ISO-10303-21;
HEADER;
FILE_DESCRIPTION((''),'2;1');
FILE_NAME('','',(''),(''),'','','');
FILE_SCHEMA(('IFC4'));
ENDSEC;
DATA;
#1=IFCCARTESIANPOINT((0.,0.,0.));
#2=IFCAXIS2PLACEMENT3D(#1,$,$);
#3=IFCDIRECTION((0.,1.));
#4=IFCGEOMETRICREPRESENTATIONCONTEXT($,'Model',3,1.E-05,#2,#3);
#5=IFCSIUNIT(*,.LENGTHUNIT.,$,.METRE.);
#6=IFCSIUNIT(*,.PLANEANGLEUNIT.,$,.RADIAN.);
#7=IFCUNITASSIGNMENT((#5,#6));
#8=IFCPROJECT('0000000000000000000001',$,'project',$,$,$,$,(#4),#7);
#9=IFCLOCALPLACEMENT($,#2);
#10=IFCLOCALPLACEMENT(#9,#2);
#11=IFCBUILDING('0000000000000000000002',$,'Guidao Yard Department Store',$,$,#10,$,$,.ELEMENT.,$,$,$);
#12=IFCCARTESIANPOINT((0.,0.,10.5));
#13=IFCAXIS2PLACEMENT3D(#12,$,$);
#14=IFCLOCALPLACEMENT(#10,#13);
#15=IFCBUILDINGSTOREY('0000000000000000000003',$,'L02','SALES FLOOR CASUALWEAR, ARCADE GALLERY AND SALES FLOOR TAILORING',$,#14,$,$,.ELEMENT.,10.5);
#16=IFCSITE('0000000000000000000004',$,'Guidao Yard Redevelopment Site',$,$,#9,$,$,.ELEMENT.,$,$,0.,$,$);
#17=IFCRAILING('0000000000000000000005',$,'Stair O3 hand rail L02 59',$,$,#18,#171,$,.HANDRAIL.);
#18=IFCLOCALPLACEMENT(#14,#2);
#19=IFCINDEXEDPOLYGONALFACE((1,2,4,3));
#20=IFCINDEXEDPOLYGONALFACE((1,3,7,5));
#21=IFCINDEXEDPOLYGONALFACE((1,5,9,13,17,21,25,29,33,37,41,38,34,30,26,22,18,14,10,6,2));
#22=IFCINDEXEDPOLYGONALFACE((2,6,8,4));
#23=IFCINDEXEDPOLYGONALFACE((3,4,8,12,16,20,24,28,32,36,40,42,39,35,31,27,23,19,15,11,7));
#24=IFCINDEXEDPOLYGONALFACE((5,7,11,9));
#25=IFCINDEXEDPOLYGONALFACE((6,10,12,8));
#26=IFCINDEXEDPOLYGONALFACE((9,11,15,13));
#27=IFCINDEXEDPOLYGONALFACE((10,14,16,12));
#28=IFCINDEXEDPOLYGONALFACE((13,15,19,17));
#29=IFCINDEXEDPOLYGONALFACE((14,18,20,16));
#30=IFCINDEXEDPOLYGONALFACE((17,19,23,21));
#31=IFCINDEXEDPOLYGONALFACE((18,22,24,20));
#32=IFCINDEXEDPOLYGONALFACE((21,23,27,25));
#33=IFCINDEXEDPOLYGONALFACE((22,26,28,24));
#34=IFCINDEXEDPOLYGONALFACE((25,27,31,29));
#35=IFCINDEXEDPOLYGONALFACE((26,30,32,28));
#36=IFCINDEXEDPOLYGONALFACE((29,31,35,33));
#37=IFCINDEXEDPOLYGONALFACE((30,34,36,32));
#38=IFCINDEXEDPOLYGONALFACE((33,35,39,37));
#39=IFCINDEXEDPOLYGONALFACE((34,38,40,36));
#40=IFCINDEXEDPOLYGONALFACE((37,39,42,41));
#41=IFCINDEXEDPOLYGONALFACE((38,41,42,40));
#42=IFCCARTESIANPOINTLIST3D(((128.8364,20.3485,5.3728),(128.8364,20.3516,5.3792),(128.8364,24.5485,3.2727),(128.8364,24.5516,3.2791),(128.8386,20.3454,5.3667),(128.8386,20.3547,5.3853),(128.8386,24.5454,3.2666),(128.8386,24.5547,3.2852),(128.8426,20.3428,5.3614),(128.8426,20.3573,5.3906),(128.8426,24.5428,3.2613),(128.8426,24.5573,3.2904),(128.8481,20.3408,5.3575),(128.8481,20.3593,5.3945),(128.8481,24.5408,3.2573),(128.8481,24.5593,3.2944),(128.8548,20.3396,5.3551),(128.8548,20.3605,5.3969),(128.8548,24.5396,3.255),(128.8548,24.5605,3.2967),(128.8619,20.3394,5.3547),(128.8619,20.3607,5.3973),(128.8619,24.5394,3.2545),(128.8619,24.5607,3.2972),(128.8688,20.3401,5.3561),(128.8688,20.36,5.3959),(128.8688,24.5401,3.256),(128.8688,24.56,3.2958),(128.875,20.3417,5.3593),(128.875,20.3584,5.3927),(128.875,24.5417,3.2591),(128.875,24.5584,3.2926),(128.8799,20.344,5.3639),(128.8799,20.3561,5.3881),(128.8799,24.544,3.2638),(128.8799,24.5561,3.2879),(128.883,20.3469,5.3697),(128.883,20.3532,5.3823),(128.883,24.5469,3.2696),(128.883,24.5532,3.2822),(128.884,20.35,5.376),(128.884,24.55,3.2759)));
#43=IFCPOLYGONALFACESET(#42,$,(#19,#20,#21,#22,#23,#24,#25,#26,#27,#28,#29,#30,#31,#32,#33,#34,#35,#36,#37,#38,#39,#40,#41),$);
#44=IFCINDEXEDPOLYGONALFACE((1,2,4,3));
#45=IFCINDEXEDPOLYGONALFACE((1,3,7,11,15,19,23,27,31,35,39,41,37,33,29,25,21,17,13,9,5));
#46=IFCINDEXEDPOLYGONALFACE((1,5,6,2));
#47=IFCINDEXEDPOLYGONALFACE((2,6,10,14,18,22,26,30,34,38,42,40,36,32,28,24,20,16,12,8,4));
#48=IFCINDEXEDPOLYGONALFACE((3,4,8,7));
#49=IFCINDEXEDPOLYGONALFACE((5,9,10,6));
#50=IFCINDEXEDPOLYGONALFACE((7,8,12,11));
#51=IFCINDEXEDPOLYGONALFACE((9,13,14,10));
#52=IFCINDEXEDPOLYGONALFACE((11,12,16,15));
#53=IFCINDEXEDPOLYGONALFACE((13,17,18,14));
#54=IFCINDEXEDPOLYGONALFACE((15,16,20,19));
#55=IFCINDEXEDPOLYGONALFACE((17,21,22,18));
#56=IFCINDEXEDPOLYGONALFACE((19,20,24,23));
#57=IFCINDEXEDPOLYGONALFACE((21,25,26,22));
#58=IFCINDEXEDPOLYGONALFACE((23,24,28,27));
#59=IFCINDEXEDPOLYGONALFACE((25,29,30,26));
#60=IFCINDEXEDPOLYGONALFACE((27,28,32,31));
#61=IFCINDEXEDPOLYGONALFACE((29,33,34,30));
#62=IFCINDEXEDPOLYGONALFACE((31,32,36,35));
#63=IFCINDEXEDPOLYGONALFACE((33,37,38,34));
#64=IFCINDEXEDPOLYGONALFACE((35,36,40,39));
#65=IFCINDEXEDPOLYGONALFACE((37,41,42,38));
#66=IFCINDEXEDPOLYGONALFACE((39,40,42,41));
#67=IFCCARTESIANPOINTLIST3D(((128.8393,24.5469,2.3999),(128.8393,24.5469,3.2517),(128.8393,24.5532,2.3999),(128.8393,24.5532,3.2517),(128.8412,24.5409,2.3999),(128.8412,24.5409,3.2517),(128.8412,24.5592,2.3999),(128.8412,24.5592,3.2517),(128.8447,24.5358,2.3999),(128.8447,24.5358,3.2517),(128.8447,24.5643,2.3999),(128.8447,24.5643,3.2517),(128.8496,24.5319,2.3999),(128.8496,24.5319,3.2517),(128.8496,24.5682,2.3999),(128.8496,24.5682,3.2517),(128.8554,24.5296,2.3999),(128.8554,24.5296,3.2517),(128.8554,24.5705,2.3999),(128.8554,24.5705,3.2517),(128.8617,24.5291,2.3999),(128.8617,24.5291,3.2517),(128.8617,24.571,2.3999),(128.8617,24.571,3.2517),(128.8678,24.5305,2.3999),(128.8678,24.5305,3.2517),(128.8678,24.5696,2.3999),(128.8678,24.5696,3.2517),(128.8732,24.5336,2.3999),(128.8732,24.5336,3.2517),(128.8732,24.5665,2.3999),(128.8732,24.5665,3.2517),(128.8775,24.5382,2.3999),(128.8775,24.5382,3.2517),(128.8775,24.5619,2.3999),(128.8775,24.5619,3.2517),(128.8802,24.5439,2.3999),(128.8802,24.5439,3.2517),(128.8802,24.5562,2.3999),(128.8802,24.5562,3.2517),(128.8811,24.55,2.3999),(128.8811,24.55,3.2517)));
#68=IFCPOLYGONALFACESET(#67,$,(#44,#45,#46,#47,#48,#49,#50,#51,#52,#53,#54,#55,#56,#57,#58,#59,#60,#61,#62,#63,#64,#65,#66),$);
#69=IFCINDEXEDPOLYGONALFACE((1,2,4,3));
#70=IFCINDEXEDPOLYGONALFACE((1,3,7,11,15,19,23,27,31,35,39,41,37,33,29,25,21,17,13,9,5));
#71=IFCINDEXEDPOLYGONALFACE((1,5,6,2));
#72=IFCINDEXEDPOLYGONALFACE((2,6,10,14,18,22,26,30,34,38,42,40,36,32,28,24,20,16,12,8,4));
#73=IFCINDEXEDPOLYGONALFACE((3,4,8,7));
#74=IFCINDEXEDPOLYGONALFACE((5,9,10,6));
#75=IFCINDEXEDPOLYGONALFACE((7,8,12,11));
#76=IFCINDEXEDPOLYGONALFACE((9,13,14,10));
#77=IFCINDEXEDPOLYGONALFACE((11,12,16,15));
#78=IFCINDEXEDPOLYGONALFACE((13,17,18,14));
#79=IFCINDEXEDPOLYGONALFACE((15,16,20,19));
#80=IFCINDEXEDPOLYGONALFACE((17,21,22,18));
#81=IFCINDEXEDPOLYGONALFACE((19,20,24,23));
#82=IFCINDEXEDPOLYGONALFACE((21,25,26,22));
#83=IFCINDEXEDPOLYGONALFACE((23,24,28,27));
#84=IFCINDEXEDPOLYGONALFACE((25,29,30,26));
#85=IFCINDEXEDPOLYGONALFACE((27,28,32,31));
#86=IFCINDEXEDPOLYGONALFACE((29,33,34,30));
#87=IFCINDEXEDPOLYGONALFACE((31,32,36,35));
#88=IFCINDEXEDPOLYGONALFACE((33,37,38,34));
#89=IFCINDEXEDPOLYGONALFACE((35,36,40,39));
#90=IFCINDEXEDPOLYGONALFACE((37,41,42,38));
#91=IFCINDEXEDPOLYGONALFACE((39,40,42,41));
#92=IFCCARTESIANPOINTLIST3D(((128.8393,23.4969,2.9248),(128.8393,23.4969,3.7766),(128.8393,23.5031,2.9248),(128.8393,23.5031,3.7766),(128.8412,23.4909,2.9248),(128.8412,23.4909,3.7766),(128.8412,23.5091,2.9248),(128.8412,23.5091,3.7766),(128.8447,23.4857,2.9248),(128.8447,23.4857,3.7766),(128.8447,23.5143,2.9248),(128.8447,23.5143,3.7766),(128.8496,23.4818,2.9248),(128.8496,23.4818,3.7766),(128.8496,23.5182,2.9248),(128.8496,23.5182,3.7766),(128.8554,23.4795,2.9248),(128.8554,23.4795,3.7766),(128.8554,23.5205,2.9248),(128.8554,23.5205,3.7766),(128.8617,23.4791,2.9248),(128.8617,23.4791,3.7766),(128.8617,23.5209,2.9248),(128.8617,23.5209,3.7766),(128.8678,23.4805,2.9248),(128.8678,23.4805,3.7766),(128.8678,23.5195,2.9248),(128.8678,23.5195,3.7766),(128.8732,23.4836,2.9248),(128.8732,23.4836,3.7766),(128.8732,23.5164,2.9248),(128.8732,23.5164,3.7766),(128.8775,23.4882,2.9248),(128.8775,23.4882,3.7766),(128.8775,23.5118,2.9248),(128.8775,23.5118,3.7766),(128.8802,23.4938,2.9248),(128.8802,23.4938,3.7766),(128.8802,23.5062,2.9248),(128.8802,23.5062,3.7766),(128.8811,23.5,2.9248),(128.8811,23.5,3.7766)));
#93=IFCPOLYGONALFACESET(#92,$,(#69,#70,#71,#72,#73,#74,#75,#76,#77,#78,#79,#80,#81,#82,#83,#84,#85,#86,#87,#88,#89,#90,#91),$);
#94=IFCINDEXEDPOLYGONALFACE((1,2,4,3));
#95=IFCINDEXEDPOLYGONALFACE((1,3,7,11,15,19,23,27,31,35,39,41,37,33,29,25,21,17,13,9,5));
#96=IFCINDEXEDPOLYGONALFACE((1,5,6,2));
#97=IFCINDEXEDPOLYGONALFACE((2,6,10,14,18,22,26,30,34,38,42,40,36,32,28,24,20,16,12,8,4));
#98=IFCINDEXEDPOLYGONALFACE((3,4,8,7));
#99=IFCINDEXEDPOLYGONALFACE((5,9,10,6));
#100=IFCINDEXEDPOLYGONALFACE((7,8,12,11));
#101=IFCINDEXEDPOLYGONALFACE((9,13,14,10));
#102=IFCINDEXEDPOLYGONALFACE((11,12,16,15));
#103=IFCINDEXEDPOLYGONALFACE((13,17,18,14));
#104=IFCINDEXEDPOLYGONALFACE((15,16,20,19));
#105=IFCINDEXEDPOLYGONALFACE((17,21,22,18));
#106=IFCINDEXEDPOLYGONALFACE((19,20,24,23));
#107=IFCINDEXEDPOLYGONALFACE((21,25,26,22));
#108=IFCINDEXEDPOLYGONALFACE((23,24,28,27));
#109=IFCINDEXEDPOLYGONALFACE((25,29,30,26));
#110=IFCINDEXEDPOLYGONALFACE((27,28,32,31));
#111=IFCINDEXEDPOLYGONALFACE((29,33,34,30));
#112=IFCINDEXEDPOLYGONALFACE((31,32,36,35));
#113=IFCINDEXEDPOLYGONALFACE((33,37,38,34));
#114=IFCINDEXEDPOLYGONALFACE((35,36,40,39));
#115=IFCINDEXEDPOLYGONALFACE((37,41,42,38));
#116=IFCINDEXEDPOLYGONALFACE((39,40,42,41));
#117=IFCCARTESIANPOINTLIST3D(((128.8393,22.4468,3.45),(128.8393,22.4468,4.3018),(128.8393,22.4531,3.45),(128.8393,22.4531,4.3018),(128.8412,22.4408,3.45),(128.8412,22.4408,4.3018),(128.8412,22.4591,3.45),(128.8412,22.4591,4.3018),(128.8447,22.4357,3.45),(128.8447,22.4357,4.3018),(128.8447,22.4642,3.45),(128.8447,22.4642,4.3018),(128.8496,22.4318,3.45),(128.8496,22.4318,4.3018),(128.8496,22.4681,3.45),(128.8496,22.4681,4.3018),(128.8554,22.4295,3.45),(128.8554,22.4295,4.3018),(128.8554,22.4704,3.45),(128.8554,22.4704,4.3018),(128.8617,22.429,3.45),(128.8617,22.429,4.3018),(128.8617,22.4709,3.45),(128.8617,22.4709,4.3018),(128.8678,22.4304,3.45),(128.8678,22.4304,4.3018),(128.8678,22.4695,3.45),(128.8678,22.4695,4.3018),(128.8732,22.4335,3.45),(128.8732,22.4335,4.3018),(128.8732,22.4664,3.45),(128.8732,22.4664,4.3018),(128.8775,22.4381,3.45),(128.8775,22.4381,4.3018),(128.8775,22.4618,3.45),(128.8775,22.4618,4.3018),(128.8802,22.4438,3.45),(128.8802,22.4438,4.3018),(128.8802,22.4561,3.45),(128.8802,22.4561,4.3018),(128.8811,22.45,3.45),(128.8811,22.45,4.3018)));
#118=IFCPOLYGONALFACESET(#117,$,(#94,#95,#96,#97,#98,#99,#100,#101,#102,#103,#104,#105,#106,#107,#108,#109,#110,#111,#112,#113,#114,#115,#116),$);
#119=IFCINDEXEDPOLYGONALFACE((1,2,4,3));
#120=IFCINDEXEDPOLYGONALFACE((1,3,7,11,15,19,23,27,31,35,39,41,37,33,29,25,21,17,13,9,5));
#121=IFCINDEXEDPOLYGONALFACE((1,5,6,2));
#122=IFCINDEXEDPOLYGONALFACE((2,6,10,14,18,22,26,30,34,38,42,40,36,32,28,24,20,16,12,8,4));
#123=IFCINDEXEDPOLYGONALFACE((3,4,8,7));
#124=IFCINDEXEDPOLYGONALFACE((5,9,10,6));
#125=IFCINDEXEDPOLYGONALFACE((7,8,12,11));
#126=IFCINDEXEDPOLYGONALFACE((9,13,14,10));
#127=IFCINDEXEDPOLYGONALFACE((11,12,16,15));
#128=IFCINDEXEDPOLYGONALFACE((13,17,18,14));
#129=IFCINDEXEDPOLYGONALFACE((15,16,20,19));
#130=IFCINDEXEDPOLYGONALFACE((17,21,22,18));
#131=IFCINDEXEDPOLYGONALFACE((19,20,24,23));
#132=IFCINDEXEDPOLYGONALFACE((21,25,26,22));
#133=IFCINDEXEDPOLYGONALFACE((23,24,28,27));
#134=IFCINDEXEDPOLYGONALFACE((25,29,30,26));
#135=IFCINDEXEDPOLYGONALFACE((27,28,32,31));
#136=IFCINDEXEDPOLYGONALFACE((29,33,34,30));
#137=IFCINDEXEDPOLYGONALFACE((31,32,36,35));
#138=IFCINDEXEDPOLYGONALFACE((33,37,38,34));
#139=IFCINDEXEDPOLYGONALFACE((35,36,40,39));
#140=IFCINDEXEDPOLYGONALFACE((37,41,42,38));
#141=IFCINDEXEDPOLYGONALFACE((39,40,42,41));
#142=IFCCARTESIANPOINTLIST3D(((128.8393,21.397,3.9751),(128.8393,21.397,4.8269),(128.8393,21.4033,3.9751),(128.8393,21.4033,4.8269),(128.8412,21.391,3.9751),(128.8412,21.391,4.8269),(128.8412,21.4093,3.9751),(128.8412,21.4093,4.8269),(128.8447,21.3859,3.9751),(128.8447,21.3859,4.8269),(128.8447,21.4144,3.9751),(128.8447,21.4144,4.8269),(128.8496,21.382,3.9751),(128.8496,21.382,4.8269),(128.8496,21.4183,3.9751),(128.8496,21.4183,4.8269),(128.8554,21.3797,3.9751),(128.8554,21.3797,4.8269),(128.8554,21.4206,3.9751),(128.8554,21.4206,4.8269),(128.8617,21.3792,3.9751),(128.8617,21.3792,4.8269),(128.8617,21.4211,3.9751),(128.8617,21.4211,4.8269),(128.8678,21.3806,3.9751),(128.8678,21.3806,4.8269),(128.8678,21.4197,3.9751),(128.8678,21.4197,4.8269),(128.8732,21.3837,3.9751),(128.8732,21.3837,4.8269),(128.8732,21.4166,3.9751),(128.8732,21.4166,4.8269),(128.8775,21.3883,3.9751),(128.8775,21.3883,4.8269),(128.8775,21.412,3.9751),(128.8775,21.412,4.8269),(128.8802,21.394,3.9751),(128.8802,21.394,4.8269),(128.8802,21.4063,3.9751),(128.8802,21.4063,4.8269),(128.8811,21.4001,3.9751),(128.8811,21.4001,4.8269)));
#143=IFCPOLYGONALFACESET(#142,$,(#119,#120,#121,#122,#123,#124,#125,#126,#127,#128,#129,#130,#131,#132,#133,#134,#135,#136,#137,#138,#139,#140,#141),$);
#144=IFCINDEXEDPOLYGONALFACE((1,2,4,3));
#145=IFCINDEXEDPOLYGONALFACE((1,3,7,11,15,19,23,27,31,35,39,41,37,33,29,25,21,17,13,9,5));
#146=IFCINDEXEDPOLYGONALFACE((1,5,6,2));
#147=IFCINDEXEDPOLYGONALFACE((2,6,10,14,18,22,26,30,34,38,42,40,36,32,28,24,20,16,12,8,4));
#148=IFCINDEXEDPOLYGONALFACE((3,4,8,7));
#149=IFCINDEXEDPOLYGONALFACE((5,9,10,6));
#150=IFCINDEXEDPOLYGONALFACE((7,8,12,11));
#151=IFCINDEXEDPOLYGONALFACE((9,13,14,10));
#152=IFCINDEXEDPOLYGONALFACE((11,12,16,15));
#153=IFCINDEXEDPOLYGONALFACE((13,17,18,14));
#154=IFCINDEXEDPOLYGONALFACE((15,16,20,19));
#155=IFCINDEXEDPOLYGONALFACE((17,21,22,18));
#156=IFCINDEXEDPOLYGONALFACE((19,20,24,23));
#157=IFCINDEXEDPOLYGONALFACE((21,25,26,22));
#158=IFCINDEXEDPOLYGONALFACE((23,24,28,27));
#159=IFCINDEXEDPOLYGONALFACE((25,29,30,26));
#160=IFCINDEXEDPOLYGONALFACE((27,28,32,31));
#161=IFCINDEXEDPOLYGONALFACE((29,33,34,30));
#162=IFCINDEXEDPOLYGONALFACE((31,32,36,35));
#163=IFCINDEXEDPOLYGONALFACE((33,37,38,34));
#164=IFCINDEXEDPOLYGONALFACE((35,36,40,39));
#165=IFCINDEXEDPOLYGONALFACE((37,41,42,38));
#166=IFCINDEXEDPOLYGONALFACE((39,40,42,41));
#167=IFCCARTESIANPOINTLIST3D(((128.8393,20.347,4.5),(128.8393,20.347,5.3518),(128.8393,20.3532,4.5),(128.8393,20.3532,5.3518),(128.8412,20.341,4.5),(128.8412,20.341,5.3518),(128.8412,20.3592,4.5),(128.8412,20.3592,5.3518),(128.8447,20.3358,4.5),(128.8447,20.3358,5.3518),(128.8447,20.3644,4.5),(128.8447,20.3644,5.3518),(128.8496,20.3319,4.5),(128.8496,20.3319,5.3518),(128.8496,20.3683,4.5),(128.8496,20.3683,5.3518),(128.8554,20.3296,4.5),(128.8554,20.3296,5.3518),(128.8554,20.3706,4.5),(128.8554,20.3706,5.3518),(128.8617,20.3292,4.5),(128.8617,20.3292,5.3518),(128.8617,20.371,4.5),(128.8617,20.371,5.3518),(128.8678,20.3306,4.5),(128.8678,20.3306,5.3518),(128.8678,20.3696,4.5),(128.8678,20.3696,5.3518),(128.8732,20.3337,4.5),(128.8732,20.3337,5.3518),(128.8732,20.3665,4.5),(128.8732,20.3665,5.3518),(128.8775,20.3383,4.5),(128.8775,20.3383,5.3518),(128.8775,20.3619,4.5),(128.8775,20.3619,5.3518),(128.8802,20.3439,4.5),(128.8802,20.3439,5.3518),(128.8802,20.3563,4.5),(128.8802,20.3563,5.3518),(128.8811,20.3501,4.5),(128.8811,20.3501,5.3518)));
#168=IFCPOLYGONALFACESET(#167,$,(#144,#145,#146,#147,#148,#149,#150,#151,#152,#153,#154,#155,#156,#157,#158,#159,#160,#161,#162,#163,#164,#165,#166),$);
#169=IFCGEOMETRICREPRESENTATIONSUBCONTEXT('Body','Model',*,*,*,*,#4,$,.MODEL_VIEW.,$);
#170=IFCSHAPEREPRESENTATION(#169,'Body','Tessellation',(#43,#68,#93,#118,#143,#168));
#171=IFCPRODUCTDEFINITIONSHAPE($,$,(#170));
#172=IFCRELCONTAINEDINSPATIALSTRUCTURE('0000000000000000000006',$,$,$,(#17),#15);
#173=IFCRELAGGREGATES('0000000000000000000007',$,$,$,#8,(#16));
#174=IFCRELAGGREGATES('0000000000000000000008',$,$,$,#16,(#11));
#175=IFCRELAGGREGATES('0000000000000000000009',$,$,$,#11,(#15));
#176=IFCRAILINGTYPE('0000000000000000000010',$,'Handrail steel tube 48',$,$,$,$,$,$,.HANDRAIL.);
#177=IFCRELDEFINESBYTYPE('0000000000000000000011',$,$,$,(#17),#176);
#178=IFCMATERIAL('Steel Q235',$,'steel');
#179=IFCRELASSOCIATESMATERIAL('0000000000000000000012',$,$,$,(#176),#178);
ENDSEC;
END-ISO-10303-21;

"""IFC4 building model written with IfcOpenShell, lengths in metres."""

from ifc_helpers import new_model, si_unit, direction, frame, origin, origin_2d, place, context, subcontext, project, spatial, circle, extrude, material, type_object, element, save


model = new_model("IFC4")

# Units and contexts
model_context = context("Model", 3, precision=1e-05, world=origin(), true_north=direction((0.0, 1.0)))
body_context = subcontext(model_context, "Body", "Model", "MODEL_VIEW")
ifc_project = project(units=[si_unit("LENGTHUNIT", "METRE"), si_unit("PLANEANGLEUNIT", "RADIAN")], contexts=[model_context])

# Site, building, storey
site_placement = place(None, origin())
site = spatial("IfcSite", under=ifc_project, at=site_placement, Name="Guidao Yard Redevelopment Site", CompositionType="ELEMENT", RefElevation=0.0)
building_placement = place(site_placement, origin())
building = spatial("IfcBuilding", under=site, at=building_placement, Name="Guidao Yard Department Store", CompositionType="ELEMENT")
storey_placement = place(building_placement, frame((0.0, 0.0, 10.5)))
storey = spatial("IfcBuildingStorey", under=building, at=storey_placement, Name="L02", Description="SALES FLOOR CASUALWEAR, ARCADE GALLERY AND SALES FLOOR TAILORING", CompositionType="ELEMENT", Elevation=10.5)

# Railing
ifc_material_1 = material(Name="Steel Q235", Category="steel")
railing_type_1 = type_object("IfcRailingType", Name="Handrail steel tube 48", PredefinedType="HANDRAIL", material=ifc_material_1)
for number, where, name in (
    (1, (128.8601, 24.55, 2.3999), "Stair O3 hand rail L02 59"),
):
    element("IfcRailing", number, at=place(storey_placement, frame(where)), inside=storey, type_object=railing_type_1, Name=name, PredefinedType="HANDRAIL", context=body_context, shape_type="SweptSolid", body=[
        extrude(circle(Radius=0.0239, at=origin_2d()), frame((0.0, 0.0, 0.876), z_axis=(0.0, -0.894417, 0.447234), x_axis=(1.0, 0.0, 0.0)), (0.0, 0.0, 1.0), 4.6958),
        extrude(circle(Radius=0.021, at=origin_2d()), origin(), (0.0, 0.0, 1.0), 0.8518),
        extrude(circle(Radius=0.021, at=origin_2d()), frame((0.0, -1.05, 0.5249)), (0.0, 0.0, 1.0), 0.8518),
        extrude(circle(Radius=0.021, at=origin_2d()), frame((0.0, -2.1001, 1.05)), (0.0, 0.0, 1.0), 0.8518),
        extrude(circle(Radius=0.021, at=origin_2d()), frame((0.0, -3.1499, 1.5752)), (0.0, 0.0, 1.0), 0.8518),
        extrude(circle(Radius=0.021, at=origin_2d()), frame((0.0, -4.2, 2.1001)), (0.0, 0.0, 1.0), 0.8518),
    ])

save(model, "model.ifc")
